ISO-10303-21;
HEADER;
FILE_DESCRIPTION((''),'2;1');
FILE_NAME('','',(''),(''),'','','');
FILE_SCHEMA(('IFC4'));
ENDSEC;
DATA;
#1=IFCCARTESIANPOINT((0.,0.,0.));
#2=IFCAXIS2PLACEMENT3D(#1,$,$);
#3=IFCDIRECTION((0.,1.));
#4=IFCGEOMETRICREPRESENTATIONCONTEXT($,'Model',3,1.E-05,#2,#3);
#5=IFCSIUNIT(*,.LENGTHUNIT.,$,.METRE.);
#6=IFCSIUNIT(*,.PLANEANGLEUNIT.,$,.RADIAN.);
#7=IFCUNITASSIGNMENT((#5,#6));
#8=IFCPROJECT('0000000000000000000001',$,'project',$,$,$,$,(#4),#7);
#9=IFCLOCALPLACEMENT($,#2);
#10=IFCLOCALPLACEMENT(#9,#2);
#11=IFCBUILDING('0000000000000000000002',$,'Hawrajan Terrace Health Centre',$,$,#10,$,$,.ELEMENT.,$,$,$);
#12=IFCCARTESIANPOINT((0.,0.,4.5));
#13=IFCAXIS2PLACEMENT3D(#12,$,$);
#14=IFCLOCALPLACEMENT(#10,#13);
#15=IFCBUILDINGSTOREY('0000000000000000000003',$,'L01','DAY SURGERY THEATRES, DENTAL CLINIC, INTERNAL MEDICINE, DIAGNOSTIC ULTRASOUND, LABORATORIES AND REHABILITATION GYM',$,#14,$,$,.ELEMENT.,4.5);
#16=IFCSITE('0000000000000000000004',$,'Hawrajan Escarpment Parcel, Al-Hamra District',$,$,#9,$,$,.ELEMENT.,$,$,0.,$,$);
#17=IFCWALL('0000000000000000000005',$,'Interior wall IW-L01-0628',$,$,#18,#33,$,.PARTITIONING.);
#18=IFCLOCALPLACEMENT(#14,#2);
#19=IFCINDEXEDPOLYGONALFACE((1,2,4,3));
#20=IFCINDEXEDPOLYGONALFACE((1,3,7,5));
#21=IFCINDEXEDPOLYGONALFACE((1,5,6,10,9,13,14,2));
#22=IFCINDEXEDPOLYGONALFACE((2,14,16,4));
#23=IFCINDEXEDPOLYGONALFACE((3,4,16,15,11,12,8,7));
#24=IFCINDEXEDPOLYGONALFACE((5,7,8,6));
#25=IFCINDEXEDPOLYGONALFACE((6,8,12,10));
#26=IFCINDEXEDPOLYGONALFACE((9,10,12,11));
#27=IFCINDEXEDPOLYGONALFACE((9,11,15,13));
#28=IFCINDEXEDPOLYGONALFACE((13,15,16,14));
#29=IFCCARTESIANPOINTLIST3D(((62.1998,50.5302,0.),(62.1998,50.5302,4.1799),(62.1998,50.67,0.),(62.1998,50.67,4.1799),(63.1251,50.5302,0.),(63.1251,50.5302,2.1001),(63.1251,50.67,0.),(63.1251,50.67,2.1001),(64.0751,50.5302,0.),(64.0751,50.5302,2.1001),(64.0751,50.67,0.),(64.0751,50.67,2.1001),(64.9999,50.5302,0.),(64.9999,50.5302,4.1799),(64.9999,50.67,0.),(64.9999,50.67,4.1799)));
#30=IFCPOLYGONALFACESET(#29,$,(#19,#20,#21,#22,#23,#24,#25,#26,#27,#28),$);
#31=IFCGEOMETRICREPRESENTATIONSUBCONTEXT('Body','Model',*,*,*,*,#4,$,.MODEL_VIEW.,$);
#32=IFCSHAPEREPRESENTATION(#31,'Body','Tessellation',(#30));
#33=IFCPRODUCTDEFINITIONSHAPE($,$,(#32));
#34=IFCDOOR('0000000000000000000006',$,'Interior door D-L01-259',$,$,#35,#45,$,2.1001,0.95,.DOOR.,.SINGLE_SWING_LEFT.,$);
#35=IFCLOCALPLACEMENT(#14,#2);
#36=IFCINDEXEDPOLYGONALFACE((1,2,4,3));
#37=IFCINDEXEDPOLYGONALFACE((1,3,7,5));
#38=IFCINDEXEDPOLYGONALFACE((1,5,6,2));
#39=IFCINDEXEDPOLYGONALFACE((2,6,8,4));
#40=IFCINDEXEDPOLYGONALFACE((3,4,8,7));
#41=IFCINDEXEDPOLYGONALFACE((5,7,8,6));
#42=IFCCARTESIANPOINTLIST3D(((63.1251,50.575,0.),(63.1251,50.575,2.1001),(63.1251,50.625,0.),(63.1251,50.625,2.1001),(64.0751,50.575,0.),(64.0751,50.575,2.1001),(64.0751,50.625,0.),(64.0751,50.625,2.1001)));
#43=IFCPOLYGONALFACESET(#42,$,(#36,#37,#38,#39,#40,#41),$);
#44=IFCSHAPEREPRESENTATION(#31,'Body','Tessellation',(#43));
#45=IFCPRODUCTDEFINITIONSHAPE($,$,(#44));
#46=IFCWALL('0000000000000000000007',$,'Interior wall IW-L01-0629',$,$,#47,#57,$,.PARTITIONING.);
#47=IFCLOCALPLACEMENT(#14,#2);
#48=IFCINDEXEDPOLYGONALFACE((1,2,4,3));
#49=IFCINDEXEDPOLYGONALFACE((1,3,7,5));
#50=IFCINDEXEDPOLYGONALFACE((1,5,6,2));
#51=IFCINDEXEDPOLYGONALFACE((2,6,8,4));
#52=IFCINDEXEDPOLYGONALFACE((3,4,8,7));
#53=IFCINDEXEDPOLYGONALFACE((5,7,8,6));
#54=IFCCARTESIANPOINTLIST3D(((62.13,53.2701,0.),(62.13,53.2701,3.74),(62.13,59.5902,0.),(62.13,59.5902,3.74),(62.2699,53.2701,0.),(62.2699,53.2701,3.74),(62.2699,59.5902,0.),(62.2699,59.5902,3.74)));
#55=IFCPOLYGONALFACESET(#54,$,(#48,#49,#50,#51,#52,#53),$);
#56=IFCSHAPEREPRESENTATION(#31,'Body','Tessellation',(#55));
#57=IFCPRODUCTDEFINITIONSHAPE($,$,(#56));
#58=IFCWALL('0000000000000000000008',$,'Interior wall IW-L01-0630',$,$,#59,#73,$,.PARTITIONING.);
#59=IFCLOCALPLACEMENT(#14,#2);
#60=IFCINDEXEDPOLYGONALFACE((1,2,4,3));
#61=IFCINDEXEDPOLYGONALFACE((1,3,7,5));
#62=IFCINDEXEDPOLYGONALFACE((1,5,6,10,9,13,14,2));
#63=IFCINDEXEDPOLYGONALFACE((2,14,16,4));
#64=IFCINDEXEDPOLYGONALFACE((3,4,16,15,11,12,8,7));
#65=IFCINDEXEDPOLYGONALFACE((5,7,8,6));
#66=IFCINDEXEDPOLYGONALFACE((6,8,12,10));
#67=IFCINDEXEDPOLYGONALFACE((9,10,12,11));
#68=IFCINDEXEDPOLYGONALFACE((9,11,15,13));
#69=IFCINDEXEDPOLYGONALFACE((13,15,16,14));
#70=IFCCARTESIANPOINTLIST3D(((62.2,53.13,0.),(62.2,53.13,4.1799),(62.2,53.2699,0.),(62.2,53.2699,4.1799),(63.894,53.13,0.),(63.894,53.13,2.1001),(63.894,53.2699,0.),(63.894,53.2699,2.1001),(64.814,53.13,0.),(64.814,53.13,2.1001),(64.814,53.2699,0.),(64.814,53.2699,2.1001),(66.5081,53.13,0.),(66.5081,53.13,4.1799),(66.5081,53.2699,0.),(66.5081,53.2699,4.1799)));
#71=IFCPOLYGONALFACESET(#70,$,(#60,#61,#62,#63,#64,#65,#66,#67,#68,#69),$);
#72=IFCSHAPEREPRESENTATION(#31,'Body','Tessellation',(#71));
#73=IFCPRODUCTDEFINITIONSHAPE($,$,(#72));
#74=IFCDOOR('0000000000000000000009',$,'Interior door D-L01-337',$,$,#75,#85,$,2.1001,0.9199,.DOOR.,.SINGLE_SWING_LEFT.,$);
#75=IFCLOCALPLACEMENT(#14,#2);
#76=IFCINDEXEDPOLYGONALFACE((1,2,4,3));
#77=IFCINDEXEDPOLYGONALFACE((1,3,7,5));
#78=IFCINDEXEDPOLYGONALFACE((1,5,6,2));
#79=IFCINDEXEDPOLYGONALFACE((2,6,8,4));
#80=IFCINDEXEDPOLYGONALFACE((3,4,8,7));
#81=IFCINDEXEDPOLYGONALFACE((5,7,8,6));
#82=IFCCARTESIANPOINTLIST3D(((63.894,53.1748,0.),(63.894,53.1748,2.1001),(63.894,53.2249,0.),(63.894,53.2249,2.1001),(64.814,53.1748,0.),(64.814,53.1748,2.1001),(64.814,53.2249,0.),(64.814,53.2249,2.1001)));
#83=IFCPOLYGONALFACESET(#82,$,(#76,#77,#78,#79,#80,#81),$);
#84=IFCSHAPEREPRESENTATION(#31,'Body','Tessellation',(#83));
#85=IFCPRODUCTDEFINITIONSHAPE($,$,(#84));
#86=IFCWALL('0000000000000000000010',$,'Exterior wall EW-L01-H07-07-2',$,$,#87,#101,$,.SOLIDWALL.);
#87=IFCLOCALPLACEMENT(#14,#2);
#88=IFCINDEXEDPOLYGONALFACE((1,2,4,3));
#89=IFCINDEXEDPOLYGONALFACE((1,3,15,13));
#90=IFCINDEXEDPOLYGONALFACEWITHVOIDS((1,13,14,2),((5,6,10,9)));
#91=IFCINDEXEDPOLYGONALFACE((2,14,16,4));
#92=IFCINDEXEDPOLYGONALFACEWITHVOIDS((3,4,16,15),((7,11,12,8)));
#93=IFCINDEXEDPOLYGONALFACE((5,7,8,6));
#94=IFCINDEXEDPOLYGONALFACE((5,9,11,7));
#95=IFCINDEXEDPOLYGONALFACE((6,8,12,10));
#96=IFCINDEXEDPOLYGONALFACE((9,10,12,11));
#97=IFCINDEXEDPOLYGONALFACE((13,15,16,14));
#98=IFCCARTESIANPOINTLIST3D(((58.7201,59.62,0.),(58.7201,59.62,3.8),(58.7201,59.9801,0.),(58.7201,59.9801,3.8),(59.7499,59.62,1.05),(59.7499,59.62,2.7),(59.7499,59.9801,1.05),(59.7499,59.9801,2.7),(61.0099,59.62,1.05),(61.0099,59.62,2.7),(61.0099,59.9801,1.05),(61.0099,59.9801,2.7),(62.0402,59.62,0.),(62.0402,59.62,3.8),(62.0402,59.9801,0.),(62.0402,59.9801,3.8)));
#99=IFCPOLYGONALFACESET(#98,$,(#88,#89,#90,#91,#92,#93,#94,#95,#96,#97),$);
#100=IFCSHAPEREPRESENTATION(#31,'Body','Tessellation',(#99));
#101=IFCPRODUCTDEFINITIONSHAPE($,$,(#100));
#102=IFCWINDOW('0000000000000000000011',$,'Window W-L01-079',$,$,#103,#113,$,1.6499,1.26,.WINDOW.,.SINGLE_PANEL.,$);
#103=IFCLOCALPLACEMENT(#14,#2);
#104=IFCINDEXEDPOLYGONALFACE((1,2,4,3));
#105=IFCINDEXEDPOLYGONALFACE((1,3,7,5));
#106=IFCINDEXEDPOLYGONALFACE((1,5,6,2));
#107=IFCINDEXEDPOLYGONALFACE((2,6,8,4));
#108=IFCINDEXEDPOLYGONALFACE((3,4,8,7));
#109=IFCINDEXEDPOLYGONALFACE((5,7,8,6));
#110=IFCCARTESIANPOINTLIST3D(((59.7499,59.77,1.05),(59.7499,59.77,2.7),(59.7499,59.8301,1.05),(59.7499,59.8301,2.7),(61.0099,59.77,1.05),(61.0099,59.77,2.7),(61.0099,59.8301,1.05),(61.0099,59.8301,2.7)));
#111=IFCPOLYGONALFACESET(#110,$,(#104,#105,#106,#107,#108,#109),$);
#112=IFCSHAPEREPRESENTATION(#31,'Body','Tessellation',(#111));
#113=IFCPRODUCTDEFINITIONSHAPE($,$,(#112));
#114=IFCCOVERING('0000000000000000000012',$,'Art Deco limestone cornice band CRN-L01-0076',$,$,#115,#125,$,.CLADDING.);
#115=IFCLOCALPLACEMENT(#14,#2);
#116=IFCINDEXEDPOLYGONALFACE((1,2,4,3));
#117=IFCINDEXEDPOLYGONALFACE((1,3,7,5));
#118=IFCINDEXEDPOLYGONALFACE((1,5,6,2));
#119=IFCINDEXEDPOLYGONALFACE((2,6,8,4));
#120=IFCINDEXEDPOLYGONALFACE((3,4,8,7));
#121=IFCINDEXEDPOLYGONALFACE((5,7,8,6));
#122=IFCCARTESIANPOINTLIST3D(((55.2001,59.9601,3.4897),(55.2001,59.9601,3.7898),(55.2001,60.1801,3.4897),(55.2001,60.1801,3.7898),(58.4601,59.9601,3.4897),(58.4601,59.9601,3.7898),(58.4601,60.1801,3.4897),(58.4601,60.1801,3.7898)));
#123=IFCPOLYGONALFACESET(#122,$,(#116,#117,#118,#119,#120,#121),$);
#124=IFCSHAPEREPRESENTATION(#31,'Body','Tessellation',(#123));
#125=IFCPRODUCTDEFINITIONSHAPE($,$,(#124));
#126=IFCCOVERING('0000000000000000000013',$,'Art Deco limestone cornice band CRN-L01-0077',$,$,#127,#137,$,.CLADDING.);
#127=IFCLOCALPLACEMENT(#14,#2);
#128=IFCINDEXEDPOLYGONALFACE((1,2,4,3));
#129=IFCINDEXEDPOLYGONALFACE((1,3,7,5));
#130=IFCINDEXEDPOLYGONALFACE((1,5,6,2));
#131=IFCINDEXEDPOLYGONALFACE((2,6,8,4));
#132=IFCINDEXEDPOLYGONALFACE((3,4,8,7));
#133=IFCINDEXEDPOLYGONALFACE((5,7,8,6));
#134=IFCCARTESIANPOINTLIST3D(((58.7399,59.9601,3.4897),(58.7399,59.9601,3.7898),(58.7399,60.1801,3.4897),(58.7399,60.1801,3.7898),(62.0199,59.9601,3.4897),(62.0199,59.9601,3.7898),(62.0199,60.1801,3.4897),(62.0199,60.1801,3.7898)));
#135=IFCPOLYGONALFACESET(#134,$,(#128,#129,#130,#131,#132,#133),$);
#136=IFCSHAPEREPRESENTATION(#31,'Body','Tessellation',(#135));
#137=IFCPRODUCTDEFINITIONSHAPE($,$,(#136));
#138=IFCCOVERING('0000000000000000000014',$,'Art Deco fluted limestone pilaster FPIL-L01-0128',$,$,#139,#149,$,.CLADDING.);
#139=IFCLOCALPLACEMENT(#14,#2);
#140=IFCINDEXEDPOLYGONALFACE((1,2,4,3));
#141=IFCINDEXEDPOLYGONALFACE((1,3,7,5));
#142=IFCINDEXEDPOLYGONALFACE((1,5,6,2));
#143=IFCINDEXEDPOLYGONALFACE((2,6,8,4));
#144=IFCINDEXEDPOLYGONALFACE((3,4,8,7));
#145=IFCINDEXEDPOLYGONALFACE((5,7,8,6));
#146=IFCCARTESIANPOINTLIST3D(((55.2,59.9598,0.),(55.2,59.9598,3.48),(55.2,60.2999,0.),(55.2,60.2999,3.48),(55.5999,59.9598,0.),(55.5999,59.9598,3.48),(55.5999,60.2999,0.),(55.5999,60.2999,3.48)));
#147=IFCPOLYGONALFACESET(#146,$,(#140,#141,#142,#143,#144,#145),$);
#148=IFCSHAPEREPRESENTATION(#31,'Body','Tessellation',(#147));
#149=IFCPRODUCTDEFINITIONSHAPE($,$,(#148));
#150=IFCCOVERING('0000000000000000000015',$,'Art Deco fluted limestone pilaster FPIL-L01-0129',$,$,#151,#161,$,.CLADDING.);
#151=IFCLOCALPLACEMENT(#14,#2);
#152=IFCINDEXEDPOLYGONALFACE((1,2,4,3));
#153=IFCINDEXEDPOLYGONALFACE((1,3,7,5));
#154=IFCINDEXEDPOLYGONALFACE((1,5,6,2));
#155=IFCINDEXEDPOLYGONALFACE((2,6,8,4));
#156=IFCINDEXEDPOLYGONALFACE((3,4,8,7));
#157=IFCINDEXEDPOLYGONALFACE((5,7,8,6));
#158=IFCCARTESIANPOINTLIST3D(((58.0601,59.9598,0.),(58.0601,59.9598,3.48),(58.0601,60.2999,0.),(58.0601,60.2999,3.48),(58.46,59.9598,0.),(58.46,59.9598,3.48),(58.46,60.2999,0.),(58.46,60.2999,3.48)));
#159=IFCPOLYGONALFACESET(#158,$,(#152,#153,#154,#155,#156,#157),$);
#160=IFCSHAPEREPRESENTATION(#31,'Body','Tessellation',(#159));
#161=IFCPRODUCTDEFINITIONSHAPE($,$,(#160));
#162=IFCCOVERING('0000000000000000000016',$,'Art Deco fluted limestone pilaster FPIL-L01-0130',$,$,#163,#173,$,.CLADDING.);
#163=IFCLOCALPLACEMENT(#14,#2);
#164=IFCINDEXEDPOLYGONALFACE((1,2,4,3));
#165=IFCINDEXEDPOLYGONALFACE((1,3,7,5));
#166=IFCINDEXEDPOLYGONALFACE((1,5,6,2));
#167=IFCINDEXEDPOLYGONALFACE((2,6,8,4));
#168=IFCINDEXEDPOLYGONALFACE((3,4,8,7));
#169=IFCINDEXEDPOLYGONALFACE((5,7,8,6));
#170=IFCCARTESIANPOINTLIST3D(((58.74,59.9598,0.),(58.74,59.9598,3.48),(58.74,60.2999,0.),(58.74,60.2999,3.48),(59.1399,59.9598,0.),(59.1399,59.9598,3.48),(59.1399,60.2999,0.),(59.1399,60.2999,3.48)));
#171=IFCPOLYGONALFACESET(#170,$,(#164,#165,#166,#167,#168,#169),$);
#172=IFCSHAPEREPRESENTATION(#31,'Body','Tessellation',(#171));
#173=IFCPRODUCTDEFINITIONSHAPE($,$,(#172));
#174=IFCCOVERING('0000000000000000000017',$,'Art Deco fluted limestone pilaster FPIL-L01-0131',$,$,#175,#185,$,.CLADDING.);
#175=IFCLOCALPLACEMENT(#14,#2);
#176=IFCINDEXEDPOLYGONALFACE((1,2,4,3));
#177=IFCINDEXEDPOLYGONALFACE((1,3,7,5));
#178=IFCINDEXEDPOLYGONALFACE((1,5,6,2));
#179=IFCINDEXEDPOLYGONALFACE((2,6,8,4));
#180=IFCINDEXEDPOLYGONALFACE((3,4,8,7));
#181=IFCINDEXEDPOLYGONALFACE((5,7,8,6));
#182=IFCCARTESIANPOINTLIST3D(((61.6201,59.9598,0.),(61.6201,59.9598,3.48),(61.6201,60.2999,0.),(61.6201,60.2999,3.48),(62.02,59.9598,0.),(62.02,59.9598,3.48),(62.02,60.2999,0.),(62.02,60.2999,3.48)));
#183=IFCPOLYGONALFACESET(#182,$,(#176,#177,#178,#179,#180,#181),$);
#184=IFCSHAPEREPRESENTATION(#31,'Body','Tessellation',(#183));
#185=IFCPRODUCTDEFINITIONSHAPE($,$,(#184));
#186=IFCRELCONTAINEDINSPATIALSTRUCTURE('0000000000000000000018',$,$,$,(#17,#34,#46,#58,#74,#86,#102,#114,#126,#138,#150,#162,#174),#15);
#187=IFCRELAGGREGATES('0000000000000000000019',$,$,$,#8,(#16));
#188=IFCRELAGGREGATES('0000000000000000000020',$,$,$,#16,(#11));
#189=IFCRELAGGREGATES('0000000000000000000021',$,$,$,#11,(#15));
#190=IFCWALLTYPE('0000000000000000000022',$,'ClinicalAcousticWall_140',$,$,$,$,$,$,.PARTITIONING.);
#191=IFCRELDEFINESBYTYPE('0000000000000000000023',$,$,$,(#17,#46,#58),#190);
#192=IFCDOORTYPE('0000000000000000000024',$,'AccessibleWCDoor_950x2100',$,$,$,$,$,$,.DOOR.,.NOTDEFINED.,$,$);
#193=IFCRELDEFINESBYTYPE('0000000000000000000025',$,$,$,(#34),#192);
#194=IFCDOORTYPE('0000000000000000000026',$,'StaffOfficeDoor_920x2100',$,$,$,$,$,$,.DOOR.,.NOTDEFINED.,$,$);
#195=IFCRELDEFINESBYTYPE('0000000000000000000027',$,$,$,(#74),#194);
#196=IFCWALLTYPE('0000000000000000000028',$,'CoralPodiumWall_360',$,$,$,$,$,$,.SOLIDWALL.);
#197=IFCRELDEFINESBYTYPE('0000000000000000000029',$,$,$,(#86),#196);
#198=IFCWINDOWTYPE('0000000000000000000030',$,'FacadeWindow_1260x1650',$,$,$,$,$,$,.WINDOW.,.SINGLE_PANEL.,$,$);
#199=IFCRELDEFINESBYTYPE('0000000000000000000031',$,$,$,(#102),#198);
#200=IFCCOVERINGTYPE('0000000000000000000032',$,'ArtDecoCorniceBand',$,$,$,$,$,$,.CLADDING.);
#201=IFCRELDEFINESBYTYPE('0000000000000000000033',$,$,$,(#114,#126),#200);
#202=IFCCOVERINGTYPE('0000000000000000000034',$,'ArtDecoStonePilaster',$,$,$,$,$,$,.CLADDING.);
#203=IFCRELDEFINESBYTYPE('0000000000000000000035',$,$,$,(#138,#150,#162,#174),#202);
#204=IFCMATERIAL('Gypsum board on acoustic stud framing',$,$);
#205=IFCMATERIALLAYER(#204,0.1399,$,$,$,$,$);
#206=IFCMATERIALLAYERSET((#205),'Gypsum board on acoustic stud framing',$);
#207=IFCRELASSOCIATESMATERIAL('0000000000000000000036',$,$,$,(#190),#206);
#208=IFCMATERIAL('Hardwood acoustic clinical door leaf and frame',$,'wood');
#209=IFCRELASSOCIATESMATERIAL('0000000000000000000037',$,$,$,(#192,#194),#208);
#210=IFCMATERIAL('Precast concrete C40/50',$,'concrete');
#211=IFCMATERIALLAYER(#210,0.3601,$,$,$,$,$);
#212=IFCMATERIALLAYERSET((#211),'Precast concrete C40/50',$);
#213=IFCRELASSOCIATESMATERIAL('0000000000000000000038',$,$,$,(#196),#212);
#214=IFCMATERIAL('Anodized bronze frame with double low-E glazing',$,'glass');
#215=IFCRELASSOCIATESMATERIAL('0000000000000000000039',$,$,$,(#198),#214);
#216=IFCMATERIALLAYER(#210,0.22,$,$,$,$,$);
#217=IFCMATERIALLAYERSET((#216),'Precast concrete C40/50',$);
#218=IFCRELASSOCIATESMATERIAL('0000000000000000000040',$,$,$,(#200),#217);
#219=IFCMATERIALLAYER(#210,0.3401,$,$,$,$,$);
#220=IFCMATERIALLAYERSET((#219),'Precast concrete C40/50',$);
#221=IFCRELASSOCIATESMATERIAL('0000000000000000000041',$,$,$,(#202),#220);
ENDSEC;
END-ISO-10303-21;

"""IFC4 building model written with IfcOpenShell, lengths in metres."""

from ifc_helpers import new_model, si_unit, direction, frame, frame_2d, origin, origin_2d, place, context, subcontext, project, spatial, rectangle, extrude, material, layer, layer_set, type_object, element, fill, save


model = new_model("IFC4")

# Units and contexts
model_context = context("Model", 3, precision=1e-05, world=origin(), true_north=direction((0.0, 1.0)))
body_context = subcontext(model_context, "Body", "Model", "MODEL_VIEW")
ifc_project = project(units=[si_unit("LENGTHUNIT", "METRE"), si_unit("PLANEANGLEUNIT", "RADIAN")], contexts=[model_context])

# Site, building, storey
site_placement = place(None, origin())
site = spatial("IfcSite", under=ifc_project, at=site_placement, Name="Hawrajan Escarpment Parcel, Al-Hamra District", CompositionType="ELEMENT", RefElevation=0.0)
building_placement = place(site_placement, origin())
building = spatial("IfcBuilding", under=site, at=building_placement, Name="Hawrajan Terrace Health Centre", CompositionType="ELEMENT")
storey_placement = place(building_placement, frame((0.0, 0.0, 4.5)))
storey = spatial("IfcBuildingStorey", under=building, at=storey_placement, Name="L01", Description="DAY SURGERY THEATRES, DENTAL CLINIC, INTERNAL MEDICINE, DIAGNOSTIC ULTRASOUND, LABORATORIES AND REHABILITATION GYM", CompositionType="ELEMENT", Elevation=4.5)

# Shared definitions
ifc_material_1 = material(Name="Gypsum board on acoustic stud framing")
ifc_layer_1 = layer(ifc_material_1, 0.1399)
ifc_layer_set_1 = layer_set([ifc_layer_1], Name="Gypsum board on acoustic stud framing")
wall_type_1 = type_object("IfcWallType", Name="ClinicalAcousticWall_140", PredefinedType="PARTITIONING", material=ifc_layer_set_1)

# Wall, opening, door
ifc_material_2 = material(Name="Hardwood acoustic clinical door leaf and frame", Category="wood")
wall_1_placement = place(storey_placement, frame((62.2, 50.6001, 0.0), z_axis=(0.0, 0.0, 1.0), x_axis=(1.0, 0.0, 0.0)))
wall_1 = element("IfcWall", 1, at=wall_1_placement, inside=storey, type_object=wall_type_1, Name="Interior wall IW-L01-0628", PredefinedType="PARTITIONING", context=body_context, shape_type="SweptSolid", body=[
    extrude(rectangle(XDim=2.8, YDim=0.1399, at=frame_2d((1.3999, 0.0))), origin(), (0.0, 0.0, 1.0), 4.1799),
])
opening_1_placement = place(wall_1_placement, frame((0.925, 0.0, 0.0)))
opening_1 = element("IfcOpeningElement", 2, at=opening_1_placement, cuts=wall_1, PredefinedType="OPENING", context=body_context, shape_type="SweptSolid", body=[
    extrude(rectangle(XDim=0.95, YDim=2.1001, at=frame_2d((0.4751, 1.05))), frame((0.0, 0.0798, 0.0), z_axis=(0.0, -1.0, 0.0), x_axis=(1.0, 0.0, 0.0)), (0.0, 0.0, 1.0), 0.1599),
])
door_type_1 = type_object("IfcDoorType", Name="AccessibleWCDoor_950x2100", OperationType="NOTDEFINED", PredefinedType="DOOR", material=ifc_material_2)
door_1_placement = place(opening_1_placement, origin())
door_1 = element("IfcDoor", 3, at=door_1_placement, inside=storey, type_object=door_type_1, Name="Interior door D-L01-259", OperationType="SINGLE_SWING_LEFT", OverallHeight=2.1001, OverallWidth=0.95, PredefinedType="DOOR", context=body_context, shape_type="SweptSolid", body=[
    extrude(rectangle(XDim=0.95, YDim=2.1001, at=frame_2d((0.4751, 1.05))), frame((0.0, 0.0249, 0.0), z_axis=(0.0, -1.0, 0.0), x_axis=(1.0, 0.0, 0.0)), (0.0, 0.0, 1.0), 0.05),
])
fill(opening_1, door_1)

# Wall
wall_2_placement = place(storey_placement, frame((62.2, 53.27, 0.0), z_axis=(0.0, 0.0, 1.0), x_axis=(0.0, 1.0, 0.0)))
element("IfcWall", 4, at=wall_2_placement, inside=storey, type_object=wall_type_1, Name="Interior wall IW-L01-0629", PredefinedType="PARTITIONING", context=body_context, shape_type="SweptSolid", body=[
    extrude(rectangle(XDim=6.3201, YDim=0.1399, at=frame_2d((3.1602, 0.0))), origin(), (0.0, 0.0, 1.0), 3.74),
])

# Wall, opening, door
wall_3_placement = place(storey_placement, frame((62.2, 53.2, 0.0), z_axis=(0.0, 0.0, 1.0), x_axis=(1.0, 0.0, 0.0)))
wall_3 = element("IfcWall", 5, at=wall_3_placement, inside=storey, type_object=wall_type_1, Name="Interior wall IW-L01-0630", PredefinedType="PARTITIONING", context=body_context, shape_type="SweptSolid", body=[
    extrude(rectangle(XDim=4.3081, YDim=0.1399, at=frame_2d((2.1541, 0.0))), origin(), (0.0, 0.0, 1.0), 4.1799),
])
opening_2_placement = place(wall_3_placement, frame((1.6941, 0.0, 0.0)))
opening_2 = element("IfcOpeningElement", 6, at=opening_2_placement, cuts=wall_3, PredefinedType="OPENING", context=body_context, shape_type="SweptSolid", body=[
    extrude(rectangle(XDim=0.9199, YDim=2.1001, at=frame_2d((0.46, 1.05))), frame((0.0, 0.0798, 0.0), z_axis=(0.0, -1.0, 0.0), x_axis=(1.0, 0.0, 0.0)), (0.0, 0.0, 1.0), 0.1599),
])
door_type_2 = type_object("IfcDoorType", Name="StaffOfficeDoor_920x2100", OperationType="NOTDEFINED", PredefinedType="DOOR", material=ifc_material_2)
door_2_placement = place(opening_2_placement, origin())
door_2 = element("IfcDoor", 7, at=door_2_placement, inside=storey, type_object=door_type_2, Name="Interior door D-L01-337", OperationType="SINGLE_SWING_LEFT", OverallHeight=2.1001, OverallWidth=0.9199, PredefinedType="DOOR", context=body_context, shape_type="SweptSolid", body=[
    extrude(rectangle(XDim=0.9199, YDim=2.1001, at=frame_2d((0.46, 1.05))), frame((0.0, 0.0249, 0.0), z_axis=(0.0, -1.0, 0.0), x_axis=(1.0, 0.0, 0.0)), (0.0, 0.0, 1.0), 0.05),
])
fill(opening_2, door_2)

# Wall, opening, window
ifc_material_3 = material(Name="Precast concrete C40/50", Category="concrete")
ifc_layer_2 = layer(ifc_material_3, 0.3601)
ifc_layer_set_2 = layer_set([ifc_layer_2], Name="Precast concrete C40/50")
wall_type_2 = type_object("IfcWallType", Name="CoralPodiumWall_360", PredefinedType="SOLIDWALL", material=ifc_layer_set_2)
wall_4_placement = place(storey_placement, frame((58.72, 59.8, 0.0), z_axis=(0.0, 0.0, 1.0), x_axis=(1.0, 0.0, 0.0)))
wall_4 = element("IfcWall", 8, at=wall_4_placement, inside=storey, type_object=wall_type_2, Name="Exterior wall EW-L01-H07-07-2", PredefinedType="SOLIDWALL", context=body_context, shape_type="SweptSolid", body=[
    extrude(rectangle(XDim=3.3201, YDim=0.3601, at=frame_2d((1.6602, 0.0))), origin(), (0.0, 0.0, 1.0), 3.8),
])
opening_3_placement = place(wall_4_placement, frame((1.03, 0.0, 1.05)))
opening_3 = element("IfcOpeningElement", 9, at=opening_3_placement, cuts=wall_4, PredefinedType="OPENING", context=body_context, shape_type="SweptSolid", body=[
    extrude(rectangle(XDim=1.26, YDim=1.6499, at=frame_2d((0.6299, 0.825))), frame((0.0, 0.1899, 0.0), z_axis=(0.0, -1.0, 0.0), x_axis=(1.0, 0.0, 0.0)), (0.0, 0.0, 1.0), 0.3801),
])
ifc_material_4 = material(Name="Anodized bronze frame with double low-E glazing", Category="glass")
window_type = type_object("IfcWindowType", Name="FacadeWindow_1260x1650", PartitioningType="SINGLE_PANEL", PredefinedType="WINDOW", material=ifc_material_4)
window_placement = place(opening_3_placement, origin())
window = element("IfcWindow", 10, at=window_placement, inside=storey, type_object=window_type, Name="Window W-L01-079", OverallHeight=1.6499, OverallWidth=1.26, PartitioningType="SINGLE_PANEL", PredefinedType="WINDOW", context=body_context, shape_type="SweptSolid", body=[
    extrude(rectangle(XDim=1.26, YDim=1.6499, at=frame_2d((0.6299, 0.825))), frame((0.0, 0.03, 0.0), z_axis=(0.0, -1.0, 0.0), x_axis=(1.0, 0.0, 0.0)), (0.0, 0.0, 1.0), 0.0601),
])
fill(opening_3, window)

# Coverings
ifc_layer_3 = layer(ifc_material_3, 0.22)
ifc_layer_set_3 = layer_set([ifc_layer_3], Name="Precast concrete C40/50")
covering_type_1 = type_object("IfcCoveringType", Name="ArtDecoCorniceBand", PredefinedType="CLADDING", material=ifc_layer_set_3)
covering_1_placement = place(storey_placement, frame((56.8301, 60.0701, 3.4897), z_axis=(0.0, 0.0, 1.0), x_axis=(1.0, 0.0, 0.0)))
element("IfcCovering", 11, at=covering_1_placement, inside=storey, type_object=covering_type_1, Name="Art Deco limestone cornice band CRN-L01-0076", PredefinedType="CLADDING", context=body_context, shape_type="SweptSolid", body=[
    extrude(rectangle(XDim=3.26, YDim=0.22, at=origin_2d()), origin(), (0.0, 0.0, 1.0), 0.3),
])
covering_2_placement = place(storey_placement, frame((60.3799, 60.0701, 3.4897), z_axis=(0.0, 0.0, 1.0), x_axis=(1.0, 0.0, 0.0)))
element("IfcCovering", 12, at=covering_2_placement, inside=storey, type_object=covering_type_1, Name="Art Deco limestone cornice band CRN-L01-0077", PredefinedType="CLADDING", context=body_context, shape_type="SweptSolid", body=[
    extrude(rectangle(XDim=3.28, YDim=0.22, at=origin_2d()), origin(), (0.0, 0.0, 1.0), 0.3),
])
ifc_layer_4 = layer(ifc_material_3, 0.3401)
ifc_layer_set_4 = layer_set([ifc_layer_4], Name="Precast concrete C40/50")
covering_type_2 = type_object("IfcCoveringType", Name="ArtDecoStonePilaster", PredefinedType="CLADDING", material=ifc_layer_set_4)
for number, where, z_axis, x_axis, name in (
    (13, (55.3999, 60.1299, 0.0), (0.0, 0.0, 1.0), (1.0, 0.0, 0.0), "Art Deco fluted limestone pilaster FPIL-L01-0128"),
    (14, (58.26, 60.1299, 0.0), (0.0, 0.0, 1.0), (1.0, 0.0, 0.0), "Art Deco fluted limestone pilaster FPIL-L01-0129"),
    (15, (58.9399, 60.1299, 0.0), (0.0, 0.0, 1.0), (1.0, 0.0, 0.0), "Art Deco fluted limestone pilaster FPIL-L01-0130"),
    (16, (61.8201, 60.1299, 0.0), (0.0, 0.0, 1.0), (1.0, 0.0, 0.0), "Art Deco fluted limestone pilaster FPIL-L01-0131"),
):
    element("IfcCovering", number, at=place(storey_placement, frame(where, z_axis=z_axis, x_axis=x_axis)), inside=storey, type_object=covering_type_2, Name=name, PredefinedType="CLADDING", context=body_context, shape_type="SweptSolid", body=[
        extrude(rectangle(XDim=0.3999, YDim=0.3401, at=origin_2d()), origin(), (0.0, 0.0, 1.0), 3.48),
    ])

save(model, "model.ifc")
